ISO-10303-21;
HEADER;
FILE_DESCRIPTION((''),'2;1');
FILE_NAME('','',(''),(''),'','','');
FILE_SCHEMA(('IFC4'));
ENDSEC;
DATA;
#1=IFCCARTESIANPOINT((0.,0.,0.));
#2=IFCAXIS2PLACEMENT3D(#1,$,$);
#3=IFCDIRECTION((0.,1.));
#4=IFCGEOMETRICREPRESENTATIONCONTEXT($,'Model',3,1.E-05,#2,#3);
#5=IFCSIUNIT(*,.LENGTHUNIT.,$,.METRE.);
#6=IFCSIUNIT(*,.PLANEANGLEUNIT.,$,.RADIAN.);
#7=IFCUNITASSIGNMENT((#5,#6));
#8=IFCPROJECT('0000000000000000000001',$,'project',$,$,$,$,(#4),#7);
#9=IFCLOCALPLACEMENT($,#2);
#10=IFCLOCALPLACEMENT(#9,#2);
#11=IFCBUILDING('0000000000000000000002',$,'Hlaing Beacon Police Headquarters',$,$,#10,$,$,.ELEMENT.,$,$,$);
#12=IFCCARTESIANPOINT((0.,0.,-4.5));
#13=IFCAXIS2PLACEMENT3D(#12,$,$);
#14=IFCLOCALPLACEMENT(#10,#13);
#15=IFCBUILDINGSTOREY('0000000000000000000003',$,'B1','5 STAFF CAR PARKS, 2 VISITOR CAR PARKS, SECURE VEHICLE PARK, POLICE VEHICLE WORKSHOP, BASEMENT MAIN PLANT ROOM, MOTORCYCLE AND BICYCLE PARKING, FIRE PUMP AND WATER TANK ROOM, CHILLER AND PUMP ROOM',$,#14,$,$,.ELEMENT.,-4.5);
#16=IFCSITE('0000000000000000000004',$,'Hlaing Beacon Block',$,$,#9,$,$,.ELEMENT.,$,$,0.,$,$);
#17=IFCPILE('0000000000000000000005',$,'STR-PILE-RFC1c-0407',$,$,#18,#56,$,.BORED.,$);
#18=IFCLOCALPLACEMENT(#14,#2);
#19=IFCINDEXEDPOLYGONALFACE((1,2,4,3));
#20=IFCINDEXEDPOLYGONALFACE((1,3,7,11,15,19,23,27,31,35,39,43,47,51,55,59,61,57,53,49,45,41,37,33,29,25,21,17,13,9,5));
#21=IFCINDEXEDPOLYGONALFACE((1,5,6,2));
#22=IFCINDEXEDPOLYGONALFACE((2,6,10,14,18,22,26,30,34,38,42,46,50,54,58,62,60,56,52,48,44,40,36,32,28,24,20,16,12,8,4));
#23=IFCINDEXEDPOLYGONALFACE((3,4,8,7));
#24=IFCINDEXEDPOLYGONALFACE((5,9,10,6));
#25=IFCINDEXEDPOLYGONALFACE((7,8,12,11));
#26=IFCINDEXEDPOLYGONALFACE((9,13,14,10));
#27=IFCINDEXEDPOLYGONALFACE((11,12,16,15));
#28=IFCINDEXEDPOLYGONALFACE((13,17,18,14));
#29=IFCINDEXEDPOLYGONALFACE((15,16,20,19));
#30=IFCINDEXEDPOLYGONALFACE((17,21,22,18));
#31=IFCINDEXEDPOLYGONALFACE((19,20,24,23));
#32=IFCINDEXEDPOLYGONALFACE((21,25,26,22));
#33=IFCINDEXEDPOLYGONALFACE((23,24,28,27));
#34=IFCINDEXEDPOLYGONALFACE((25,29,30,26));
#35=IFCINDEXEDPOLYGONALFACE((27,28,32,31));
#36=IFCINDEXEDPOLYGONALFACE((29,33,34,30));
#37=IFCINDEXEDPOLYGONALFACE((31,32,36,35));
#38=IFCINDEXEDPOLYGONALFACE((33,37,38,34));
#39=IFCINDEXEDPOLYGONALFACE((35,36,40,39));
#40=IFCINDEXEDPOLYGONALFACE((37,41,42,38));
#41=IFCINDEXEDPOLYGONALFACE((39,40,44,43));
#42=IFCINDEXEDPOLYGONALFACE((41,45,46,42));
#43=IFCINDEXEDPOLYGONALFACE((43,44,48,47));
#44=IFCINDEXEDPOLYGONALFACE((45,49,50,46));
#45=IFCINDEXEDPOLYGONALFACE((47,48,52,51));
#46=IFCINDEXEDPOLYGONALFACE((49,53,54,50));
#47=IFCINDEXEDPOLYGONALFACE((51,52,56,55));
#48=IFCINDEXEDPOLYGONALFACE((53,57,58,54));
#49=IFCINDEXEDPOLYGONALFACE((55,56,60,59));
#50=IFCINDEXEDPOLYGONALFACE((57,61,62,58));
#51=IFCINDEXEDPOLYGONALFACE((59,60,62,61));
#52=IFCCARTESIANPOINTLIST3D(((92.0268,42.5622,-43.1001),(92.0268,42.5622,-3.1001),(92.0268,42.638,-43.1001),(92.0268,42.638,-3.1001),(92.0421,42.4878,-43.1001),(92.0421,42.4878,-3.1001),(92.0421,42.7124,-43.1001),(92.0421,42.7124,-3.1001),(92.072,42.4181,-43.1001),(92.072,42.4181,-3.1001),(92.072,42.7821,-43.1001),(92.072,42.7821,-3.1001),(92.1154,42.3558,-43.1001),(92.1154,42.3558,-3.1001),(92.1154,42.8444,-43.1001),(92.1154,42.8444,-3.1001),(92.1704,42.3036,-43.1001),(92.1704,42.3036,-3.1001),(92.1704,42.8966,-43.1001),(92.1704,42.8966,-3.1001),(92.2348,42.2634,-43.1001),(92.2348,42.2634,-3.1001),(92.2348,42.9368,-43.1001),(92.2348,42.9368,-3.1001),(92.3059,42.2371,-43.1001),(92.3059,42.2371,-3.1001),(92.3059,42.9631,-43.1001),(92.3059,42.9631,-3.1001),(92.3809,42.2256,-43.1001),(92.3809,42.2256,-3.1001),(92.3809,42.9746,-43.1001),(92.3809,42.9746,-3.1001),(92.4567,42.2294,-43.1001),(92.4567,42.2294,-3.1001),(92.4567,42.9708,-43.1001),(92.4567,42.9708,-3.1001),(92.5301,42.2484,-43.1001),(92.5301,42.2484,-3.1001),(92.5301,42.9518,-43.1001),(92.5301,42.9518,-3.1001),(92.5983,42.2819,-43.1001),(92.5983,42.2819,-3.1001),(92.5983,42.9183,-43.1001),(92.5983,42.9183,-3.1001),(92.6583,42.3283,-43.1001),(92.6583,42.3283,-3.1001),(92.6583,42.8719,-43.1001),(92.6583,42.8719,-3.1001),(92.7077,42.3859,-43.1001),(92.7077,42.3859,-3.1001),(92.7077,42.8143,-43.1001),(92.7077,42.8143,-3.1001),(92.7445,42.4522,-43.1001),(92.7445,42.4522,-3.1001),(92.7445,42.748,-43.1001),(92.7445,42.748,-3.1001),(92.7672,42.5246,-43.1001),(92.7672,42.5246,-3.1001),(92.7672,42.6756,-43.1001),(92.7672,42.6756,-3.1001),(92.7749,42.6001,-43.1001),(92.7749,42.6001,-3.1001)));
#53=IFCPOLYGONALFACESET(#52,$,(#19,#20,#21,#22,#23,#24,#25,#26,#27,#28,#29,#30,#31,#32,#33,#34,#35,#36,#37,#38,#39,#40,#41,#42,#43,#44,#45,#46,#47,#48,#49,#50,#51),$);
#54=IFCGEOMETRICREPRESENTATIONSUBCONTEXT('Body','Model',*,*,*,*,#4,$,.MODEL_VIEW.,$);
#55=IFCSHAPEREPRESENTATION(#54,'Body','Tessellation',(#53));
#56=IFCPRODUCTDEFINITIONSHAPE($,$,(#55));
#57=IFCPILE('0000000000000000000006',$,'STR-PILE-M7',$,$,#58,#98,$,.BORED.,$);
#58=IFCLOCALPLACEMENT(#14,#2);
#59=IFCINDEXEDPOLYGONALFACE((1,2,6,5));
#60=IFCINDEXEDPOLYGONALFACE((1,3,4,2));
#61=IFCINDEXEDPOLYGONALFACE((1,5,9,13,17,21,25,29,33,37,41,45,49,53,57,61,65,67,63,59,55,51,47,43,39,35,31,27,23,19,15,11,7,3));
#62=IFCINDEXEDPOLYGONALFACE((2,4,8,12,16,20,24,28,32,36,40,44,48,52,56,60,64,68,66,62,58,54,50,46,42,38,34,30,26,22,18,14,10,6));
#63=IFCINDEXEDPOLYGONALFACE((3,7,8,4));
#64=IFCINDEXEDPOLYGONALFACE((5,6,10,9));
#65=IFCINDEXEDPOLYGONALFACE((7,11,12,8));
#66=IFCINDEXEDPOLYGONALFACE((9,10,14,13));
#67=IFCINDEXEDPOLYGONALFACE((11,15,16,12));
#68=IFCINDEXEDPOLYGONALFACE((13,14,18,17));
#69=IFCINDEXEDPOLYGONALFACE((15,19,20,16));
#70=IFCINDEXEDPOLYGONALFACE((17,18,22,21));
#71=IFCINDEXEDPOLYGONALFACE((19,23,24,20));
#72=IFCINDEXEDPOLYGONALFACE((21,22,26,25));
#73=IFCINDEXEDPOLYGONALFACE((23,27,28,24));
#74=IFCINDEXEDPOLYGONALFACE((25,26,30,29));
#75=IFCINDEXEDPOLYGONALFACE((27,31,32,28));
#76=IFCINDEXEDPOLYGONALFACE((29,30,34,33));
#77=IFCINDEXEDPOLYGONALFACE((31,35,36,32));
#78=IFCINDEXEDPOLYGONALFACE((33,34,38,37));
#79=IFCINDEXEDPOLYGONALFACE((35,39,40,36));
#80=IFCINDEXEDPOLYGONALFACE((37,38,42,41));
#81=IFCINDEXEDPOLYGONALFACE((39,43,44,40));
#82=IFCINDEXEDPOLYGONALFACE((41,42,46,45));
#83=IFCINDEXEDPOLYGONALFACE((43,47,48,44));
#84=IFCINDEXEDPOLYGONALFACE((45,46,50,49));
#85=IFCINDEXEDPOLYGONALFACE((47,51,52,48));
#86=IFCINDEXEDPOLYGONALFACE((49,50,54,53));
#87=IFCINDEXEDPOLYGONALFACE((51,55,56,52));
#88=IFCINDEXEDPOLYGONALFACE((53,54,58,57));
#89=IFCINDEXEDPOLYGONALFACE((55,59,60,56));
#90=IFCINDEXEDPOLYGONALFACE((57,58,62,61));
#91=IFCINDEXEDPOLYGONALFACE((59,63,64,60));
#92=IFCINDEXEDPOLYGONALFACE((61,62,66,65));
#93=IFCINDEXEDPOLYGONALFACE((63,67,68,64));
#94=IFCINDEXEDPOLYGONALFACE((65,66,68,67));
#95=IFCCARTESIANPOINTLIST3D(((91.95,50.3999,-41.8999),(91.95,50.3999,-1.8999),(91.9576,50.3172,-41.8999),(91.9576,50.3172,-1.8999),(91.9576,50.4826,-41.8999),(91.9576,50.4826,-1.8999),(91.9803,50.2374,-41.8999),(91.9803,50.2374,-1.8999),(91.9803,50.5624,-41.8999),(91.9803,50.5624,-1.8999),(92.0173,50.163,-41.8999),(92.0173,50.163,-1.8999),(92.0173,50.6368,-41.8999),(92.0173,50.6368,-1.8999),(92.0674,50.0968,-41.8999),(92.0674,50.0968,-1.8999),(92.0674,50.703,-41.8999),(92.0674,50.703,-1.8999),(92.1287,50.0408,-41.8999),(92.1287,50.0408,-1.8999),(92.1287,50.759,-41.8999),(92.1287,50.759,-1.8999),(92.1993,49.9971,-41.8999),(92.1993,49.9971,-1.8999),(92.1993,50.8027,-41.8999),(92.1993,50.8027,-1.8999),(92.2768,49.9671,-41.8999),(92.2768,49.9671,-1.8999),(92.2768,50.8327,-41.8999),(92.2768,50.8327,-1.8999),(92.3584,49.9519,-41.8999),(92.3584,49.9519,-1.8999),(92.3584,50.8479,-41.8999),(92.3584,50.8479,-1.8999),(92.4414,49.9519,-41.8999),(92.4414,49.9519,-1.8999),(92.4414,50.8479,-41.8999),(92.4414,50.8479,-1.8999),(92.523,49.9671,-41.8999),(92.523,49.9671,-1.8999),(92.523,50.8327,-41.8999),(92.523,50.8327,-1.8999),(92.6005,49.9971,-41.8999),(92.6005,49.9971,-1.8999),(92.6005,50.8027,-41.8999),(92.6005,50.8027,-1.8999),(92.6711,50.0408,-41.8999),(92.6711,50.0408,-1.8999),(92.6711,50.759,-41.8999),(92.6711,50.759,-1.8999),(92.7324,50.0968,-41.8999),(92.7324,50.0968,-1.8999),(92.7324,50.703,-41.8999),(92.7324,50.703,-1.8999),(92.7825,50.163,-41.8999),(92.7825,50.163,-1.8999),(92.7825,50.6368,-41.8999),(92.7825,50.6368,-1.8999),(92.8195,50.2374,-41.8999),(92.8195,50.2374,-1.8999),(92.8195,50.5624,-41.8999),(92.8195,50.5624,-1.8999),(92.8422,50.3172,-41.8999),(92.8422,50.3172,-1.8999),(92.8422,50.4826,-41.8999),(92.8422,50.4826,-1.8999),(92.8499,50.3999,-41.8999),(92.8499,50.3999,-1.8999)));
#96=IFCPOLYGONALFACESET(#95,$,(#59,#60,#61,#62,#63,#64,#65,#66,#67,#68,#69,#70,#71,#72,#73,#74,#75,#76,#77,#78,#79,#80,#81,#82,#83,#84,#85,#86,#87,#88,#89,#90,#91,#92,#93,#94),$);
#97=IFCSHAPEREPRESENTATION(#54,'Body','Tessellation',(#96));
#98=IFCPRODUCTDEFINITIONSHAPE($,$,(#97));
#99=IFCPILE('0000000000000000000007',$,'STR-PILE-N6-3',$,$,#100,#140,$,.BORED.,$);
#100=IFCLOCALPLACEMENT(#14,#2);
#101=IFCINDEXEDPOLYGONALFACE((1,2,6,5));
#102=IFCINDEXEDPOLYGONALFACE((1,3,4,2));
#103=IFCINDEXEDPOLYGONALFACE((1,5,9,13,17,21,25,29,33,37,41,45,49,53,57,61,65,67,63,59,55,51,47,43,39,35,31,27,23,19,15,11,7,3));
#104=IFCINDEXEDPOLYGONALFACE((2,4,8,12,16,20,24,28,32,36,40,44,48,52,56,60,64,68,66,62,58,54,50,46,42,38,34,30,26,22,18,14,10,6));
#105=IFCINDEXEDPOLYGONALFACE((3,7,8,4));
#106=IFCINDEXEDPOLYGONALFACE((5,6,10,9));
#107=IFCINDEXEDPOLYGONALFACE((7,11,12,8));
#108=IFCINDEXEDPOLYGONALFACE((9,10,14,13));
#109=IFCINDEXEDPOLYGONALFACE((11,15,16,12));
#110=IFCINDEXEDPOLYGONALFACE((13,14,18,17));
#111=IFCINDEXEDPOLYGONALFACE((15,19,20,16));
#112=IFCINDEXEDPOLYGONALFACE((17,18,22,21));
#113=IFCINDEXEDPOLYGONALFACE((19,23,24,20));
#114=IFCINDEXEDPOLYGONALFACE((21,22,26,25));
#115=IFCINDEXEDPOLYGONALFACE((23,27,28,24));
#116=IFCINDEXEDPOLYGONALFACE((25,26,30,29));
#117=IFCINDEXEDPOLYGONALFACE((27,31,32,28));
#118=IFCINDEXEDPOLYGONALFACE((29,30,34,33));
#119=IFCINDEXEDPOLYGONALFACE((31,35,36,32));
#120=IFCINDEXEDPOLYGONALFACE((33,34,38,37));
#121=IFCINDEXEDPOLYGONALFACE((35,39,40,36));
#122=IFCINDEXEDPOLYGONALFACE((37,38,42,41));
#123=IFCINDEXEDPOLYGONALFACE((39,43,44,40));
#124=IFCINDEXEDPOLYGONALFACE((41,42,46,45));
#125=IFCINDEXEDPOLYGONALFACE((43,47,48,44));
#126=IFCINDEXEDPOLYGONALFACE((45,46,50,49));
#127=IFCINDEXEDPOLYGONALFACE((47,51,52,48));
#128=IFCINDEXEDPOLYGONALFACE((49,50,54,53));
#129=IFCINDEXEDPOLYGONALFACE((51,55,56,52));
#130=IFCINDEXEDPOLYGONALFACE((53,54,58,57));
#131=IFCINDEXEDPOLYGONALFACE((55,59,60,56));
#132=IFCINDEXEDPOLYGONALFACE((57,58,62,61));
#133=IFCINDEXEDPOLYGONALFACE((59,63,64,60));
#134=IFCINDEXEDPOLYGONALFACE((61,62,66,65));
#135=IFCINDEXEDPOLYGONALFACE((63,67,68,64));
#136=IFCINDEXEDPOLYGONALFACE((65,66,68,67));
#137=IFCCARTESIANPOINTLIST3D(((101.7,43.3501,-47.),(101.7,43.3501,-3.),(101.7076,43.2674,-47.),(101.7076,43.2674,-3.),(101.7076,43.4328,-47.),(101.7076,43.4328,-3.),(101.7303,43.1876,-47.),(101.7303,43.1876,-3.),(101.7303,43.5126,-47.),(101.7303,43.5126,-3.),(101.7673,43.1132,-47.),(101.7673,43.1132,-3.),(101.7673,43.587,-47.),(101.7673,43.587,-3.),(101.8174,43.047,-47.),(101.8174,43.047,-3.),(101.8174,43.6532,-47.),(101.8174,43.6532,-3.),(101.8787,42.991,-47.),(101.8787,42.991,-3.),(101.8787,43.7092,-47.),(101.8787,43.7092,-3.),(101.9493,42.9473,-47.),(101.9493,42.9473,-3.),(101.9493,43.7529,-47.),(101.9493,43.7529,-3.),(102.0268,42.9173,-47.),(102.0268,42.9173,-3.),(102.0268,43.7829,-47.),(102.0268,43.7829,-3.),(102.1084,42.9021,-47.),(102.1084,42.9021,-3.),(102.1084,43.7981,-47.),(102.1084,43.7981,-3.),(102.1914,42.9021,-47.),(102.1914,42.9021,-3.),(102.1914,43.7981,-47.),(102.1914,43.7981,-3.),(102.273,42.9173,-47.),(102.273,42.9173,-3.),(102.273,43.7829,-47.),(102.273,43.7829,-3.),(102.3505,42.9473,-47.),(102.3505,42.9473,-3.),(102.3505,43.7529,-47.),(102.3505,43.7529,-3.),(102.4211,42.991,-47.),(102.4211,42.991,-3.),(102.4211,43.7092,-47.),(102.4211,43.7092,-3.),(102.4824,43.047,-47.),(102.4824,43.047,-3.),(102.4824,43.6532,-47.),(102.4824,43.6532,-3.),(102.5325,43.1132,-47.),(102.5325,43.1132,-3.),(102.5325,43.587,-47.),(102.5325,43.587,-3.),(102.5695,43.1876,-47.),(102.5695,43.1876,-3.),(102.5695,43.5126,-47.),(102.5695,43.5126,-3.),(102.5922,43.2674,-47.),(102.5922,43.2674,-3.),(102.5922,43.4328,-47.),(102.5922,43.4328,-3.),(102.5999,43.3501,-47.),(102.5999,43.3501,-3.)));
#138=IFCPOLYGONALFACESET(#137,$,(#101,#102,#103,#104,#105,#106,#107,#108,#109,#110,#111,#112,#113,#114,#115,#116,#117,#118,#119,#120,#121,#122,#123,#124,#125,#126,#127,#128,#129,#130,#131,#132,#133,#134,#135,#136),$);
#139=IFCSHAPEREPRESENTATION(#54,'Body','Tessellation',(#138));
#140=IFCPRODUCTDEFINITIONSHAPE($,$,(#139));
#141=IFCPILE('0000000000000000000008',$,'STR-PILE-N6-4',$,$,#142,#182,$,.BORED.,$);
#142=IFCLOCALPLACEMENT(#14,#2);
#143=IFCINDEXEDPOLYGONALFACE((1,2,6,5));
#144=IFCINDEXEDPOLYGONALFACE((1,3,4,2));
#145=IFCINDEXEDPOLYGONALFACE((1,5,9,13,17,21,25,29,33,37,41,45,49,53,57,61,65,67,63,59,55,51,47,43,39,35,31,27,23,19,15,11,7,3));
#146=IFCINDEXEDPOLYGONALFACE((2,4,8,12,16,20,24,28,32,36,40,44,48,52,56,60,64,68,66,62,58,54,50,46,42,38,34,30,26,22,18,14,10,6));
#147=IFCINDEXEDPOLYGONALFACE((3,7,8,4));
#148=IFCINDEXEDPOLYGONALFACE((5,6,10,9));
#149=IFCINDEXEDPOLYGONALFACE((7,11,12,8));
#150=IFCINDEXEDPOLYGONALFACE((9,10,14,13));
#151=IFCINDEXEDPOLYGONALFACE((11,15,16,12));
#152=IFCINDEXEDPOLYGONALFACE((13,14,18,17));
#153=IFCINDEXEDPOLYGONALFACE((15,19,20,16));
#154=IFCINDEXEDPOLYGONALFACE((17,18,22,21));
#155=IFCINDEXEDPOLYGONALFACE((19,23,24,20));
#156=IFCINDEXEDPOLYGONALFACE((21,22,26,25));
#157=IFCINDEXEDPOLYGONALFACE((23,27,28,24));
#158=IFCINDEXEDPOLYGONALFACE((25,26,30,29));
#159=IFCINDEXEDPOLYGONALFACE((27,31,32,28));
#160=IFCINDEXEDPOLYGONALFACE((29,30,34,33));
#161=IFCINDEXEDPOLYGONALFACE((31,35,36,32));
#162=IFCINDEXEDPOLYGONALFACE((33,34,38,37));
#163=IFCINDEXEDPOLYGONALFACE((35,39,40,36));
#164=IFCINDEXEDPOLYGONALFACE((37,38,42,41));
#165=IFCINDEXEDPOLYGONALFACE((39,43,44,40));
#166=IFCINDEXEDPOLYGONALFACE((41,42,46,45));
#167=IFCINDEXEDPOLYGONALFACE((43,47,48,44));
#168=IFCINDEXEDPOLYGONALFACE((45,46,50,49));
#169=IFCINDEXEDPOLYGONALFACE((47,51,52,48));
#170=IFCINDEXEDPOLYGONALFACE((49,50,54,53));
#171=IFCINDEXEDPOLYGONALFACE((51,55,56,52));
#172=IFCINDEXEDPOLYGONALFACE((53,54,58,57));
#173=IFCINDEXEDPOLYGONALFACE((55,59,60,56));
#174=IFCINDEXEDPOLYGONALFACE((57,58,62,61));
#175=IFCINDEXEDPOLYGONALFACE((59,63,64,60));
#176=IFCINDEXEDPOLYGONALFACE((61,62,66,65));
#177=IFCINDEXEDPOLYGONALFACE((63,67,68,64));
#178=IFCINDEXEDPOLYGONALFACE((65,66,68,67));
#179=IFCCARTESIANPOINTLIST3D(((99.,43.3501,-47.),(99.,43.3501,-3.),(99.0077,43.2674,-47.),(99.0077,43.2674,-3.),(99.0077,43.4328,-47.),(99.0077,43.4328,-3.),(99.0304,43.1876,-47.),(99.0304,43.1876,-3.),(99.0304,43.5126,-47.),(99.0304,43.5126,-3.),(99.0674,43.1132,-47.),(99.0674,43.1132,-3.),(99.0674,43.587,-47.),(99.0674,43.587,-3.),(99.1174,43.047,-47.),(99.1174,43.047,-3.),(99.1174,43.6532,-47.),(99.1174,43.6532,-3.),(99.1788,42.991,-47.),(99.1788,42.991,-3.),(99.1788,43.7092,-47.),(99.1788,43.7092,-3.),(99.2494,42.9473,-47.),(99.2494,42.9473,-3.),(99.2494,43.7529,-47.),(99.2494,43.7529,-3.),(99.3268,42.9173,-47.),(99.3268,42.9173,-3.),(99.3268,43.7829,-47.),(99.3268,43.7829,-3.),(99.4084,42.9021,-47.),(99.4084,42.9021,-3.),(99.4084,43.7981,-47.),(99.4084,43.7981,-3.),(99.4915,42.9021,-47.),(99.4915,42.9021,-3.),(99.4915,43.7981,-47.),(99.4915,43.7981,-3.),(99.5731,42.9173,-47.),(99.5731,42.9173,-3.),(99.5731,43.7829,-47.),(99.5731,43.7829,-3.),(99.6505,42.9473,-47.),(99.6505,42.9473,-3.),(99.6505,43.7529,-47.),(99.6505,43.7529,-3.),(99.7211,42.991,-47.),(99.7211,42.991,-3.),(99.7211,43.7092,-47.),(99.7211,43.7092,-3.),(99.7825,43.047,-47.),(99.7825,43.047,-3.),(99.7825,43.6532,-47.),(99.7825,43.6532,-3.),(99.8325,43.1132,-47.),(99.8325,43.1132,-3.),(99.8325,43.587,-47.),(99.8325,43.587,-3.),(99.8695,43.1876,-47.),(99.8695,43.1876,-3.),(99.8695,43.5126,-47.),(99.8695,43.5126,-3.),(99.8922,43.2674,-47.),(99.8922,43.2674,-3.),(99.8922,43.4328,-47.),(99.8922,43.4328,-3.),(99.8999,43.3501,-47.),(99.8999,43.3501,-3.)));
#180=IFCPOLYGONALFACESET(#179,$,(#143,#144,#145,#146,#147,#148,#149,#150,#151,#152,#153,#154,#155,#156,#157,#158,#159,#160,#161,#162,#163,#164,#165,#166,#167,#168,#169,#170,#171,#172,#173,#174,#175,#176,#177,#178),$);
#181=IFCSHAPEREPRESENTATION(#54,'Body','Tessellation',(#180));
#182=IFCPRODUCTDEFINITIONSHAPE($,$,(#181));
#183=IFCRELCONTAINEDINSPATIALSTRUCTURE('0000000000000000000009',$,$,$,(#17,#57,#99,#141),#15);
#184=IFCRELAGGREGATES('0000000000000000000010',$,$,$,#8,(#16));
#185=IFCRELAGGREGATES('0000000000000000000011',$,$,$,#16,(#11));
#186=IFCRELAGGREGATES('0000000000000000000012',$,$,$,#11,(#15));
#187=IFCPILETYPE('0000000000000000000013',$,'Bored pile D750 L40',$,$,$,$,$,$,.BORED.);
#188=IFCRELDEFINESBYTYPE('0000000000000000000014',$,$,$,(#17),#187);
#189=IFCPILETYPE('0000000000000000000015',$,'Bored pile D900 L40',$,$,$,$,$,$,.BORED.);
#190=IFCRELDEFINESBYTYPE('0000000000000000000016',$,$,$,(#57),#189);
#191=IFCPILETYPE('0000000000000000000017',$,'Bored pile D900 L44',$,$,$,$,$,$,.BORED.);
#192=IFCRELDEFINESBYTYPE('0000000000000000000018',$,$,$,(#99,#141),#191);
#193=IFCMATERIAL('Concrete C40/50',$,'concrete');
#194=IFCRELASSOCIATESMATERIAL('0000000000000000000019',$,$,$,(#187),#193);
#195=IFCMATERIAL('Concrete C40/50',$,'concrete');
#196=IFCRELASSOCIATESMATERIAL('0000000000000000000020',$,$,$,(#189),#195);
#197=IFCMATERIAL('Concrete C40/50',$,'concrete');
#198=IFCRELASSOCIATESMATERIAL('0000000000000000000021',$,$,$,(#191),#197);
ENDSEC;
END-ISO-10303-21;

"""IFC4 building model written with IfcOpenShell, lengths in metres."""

from ifc_helpers import new_model, si_unit, direction, frame, origin, origin_2d, place, context, subcontext, project, spatial, circle, extrude, material, material_profile, profile_set, type_object, element, save


model = new_model("IFC4")

# Units and contexts
model_context = context("Model", 3, precision=1e-05, world=origin(), true_north=direction((0.0, 1.0)))
body_context = subcontext(model_context, "Body", "Model", "MODEL_VIEW")
ifc_project = project(units=[si_unit("LENGTHUNIT", "METRE"), si_unit("PLANEANGLEUNIT", "RADIAN")], contexts=[model_context])

# Site, building, storey
site_placement = place(None, origin())
site = spatial("IfcSite", under=ifc_project, at=site_placement, Name="Hlaing Beacon Block", CompositionType="ELEMENT", RefElevation=0.0)
building_placement = place(site_placement, origin())
building = spatial("IfcBuilding", under=site, at=building_placement, Name="Hlaing Beacon Police Headquarters", CompositionType="ELEMENT")
storey_placement = place(building_placement, frame((0.0, 0.0, -4.5)))
storey = spatial("IfcBuildingStorey", under=building, at=storey_placement, Name="B1", Description="5 STAFF CAR PARKS, 2 VISITOR CAR PARKS, SECURE VEHICLE PARK, POLICE VEHICLE WORKSHOP, BASEMENT MAIN PLANT ROOM, MOTORCYCLE AND BICYCLE PARKING, FIRE PUMP AND WATER TANK ROOM, CHILLER AND PUMP ROOM", CompositionType="ELEMENT", Elevation=-4.5)

# Piles
ifc_material_1 = material(Name="Concrete C40/50", Category="concrete")
ifc_material_profile_1 = material_profile(ifc_material_1, circle(Radius=0.375, at=origin_2d()), Name="D750")
ifc_profile_set_1 = profile_set([ifc_material_profile_1], Name="Concrete C40/50")
pile_type_1 = type_object("IfcPileType", Name="Bored pile D750 L40", PredefinedType="BORED", material=ifc_profile_set_1)
pile_1_placement = place(storey_placement, frame((92.3999, 42.6001, -3.1001), z_axis=(0.0, 0.0, -1.0), x_axis=(1.0, 0.0, 0.0)))
element("IfcPile", 1, at=pile_1_placement, inside=storey, type_object=pile_type_1, Name="STR-PILE-RFC1c-0407", PredefinedType="BORED", context=body_context, shape_type="SweptSolid", body=[
    extrude(circle(Radius=0.375, at=origin_2d()), origin(), (0.0, 0.0, 1.0), 40.0),
])
ifc_material_2 = material(Name="Concrete C40/50", Category="concrete")
ifc_material_profile_2 = material_profile(ifc_material_2, circle(Radius=0.45, at=origin_2d()), Name="D900")
ifc_profile_set_2 = profile_set([ifc_material_profile_2], Name="Concrete C40/50")
pile_type_2 = type_object("IfcPileType", Name="Bored pile D900 L40", PredefinedType="BORED", material=ifc_profile_set_2)
pile_2_placement = place(storey_placement, frame((92.3999, 50.3999, -1.8999), z_axis=(0.0, 0.0, -1.0), x_axis=(1.0, 0.0, 0.0)))
element("IfcPile", 2, at=pile_2_placement, inside=storey, type_object=pile_type_2, Name="STR-PILE-M7", PredefinedType="BORED", context=body_context, shape_type="SweptSolid", body=[
    extrude(circle(Radius=0.45, at=origin_2d()), origin(), (0.0, 0.0, 1.0), 40.0),
])
ifc_material_3 = material(Name="Concrete C40/50", Category="concrete")
ifc_material_profile_3 = material_profile(ifc_material_3, circle(Radius=0.45, at=origin_2d()), Name="D900")
ifc_profile_set_3 = profile_set([ifc_material_profile_3], Name="Concrete C40/50")
pile_type_3 = type_object("IfcPileType", Name="Bored pile D900 L44", PredefinedType="BORED", material=ifc_profile_set_3)
for number, where, z_axis, x_axis, name in (
    (3, (102.1499, 43.3501, -3.0), (0.0, 0.0, -1.0), (1.0, 0.0, 0.0), "STR-PILE-N6-3"),
    (4, (99.45, 43.3501, -3.0), (0.0, 0.0, -1.0), (1.0, 0.0, 0.0), "STR-PILE-N6-4"),
):
    element("IfcPile", number, at=place(storey_placement, frame(where, z_axis=z_axis, x_axis=x_axis)), inside=storey, type_object=pile_type_3, Name=name, PredefinedType="BORED", context=body_context, shape_type="SweptSolid", body=[
        extrude(circle(Radius=0.45, at=origin_2d()), origin(), (0.0, 0.0, 1.0), 44.0),
    ])

save(model, "model.ifc")
